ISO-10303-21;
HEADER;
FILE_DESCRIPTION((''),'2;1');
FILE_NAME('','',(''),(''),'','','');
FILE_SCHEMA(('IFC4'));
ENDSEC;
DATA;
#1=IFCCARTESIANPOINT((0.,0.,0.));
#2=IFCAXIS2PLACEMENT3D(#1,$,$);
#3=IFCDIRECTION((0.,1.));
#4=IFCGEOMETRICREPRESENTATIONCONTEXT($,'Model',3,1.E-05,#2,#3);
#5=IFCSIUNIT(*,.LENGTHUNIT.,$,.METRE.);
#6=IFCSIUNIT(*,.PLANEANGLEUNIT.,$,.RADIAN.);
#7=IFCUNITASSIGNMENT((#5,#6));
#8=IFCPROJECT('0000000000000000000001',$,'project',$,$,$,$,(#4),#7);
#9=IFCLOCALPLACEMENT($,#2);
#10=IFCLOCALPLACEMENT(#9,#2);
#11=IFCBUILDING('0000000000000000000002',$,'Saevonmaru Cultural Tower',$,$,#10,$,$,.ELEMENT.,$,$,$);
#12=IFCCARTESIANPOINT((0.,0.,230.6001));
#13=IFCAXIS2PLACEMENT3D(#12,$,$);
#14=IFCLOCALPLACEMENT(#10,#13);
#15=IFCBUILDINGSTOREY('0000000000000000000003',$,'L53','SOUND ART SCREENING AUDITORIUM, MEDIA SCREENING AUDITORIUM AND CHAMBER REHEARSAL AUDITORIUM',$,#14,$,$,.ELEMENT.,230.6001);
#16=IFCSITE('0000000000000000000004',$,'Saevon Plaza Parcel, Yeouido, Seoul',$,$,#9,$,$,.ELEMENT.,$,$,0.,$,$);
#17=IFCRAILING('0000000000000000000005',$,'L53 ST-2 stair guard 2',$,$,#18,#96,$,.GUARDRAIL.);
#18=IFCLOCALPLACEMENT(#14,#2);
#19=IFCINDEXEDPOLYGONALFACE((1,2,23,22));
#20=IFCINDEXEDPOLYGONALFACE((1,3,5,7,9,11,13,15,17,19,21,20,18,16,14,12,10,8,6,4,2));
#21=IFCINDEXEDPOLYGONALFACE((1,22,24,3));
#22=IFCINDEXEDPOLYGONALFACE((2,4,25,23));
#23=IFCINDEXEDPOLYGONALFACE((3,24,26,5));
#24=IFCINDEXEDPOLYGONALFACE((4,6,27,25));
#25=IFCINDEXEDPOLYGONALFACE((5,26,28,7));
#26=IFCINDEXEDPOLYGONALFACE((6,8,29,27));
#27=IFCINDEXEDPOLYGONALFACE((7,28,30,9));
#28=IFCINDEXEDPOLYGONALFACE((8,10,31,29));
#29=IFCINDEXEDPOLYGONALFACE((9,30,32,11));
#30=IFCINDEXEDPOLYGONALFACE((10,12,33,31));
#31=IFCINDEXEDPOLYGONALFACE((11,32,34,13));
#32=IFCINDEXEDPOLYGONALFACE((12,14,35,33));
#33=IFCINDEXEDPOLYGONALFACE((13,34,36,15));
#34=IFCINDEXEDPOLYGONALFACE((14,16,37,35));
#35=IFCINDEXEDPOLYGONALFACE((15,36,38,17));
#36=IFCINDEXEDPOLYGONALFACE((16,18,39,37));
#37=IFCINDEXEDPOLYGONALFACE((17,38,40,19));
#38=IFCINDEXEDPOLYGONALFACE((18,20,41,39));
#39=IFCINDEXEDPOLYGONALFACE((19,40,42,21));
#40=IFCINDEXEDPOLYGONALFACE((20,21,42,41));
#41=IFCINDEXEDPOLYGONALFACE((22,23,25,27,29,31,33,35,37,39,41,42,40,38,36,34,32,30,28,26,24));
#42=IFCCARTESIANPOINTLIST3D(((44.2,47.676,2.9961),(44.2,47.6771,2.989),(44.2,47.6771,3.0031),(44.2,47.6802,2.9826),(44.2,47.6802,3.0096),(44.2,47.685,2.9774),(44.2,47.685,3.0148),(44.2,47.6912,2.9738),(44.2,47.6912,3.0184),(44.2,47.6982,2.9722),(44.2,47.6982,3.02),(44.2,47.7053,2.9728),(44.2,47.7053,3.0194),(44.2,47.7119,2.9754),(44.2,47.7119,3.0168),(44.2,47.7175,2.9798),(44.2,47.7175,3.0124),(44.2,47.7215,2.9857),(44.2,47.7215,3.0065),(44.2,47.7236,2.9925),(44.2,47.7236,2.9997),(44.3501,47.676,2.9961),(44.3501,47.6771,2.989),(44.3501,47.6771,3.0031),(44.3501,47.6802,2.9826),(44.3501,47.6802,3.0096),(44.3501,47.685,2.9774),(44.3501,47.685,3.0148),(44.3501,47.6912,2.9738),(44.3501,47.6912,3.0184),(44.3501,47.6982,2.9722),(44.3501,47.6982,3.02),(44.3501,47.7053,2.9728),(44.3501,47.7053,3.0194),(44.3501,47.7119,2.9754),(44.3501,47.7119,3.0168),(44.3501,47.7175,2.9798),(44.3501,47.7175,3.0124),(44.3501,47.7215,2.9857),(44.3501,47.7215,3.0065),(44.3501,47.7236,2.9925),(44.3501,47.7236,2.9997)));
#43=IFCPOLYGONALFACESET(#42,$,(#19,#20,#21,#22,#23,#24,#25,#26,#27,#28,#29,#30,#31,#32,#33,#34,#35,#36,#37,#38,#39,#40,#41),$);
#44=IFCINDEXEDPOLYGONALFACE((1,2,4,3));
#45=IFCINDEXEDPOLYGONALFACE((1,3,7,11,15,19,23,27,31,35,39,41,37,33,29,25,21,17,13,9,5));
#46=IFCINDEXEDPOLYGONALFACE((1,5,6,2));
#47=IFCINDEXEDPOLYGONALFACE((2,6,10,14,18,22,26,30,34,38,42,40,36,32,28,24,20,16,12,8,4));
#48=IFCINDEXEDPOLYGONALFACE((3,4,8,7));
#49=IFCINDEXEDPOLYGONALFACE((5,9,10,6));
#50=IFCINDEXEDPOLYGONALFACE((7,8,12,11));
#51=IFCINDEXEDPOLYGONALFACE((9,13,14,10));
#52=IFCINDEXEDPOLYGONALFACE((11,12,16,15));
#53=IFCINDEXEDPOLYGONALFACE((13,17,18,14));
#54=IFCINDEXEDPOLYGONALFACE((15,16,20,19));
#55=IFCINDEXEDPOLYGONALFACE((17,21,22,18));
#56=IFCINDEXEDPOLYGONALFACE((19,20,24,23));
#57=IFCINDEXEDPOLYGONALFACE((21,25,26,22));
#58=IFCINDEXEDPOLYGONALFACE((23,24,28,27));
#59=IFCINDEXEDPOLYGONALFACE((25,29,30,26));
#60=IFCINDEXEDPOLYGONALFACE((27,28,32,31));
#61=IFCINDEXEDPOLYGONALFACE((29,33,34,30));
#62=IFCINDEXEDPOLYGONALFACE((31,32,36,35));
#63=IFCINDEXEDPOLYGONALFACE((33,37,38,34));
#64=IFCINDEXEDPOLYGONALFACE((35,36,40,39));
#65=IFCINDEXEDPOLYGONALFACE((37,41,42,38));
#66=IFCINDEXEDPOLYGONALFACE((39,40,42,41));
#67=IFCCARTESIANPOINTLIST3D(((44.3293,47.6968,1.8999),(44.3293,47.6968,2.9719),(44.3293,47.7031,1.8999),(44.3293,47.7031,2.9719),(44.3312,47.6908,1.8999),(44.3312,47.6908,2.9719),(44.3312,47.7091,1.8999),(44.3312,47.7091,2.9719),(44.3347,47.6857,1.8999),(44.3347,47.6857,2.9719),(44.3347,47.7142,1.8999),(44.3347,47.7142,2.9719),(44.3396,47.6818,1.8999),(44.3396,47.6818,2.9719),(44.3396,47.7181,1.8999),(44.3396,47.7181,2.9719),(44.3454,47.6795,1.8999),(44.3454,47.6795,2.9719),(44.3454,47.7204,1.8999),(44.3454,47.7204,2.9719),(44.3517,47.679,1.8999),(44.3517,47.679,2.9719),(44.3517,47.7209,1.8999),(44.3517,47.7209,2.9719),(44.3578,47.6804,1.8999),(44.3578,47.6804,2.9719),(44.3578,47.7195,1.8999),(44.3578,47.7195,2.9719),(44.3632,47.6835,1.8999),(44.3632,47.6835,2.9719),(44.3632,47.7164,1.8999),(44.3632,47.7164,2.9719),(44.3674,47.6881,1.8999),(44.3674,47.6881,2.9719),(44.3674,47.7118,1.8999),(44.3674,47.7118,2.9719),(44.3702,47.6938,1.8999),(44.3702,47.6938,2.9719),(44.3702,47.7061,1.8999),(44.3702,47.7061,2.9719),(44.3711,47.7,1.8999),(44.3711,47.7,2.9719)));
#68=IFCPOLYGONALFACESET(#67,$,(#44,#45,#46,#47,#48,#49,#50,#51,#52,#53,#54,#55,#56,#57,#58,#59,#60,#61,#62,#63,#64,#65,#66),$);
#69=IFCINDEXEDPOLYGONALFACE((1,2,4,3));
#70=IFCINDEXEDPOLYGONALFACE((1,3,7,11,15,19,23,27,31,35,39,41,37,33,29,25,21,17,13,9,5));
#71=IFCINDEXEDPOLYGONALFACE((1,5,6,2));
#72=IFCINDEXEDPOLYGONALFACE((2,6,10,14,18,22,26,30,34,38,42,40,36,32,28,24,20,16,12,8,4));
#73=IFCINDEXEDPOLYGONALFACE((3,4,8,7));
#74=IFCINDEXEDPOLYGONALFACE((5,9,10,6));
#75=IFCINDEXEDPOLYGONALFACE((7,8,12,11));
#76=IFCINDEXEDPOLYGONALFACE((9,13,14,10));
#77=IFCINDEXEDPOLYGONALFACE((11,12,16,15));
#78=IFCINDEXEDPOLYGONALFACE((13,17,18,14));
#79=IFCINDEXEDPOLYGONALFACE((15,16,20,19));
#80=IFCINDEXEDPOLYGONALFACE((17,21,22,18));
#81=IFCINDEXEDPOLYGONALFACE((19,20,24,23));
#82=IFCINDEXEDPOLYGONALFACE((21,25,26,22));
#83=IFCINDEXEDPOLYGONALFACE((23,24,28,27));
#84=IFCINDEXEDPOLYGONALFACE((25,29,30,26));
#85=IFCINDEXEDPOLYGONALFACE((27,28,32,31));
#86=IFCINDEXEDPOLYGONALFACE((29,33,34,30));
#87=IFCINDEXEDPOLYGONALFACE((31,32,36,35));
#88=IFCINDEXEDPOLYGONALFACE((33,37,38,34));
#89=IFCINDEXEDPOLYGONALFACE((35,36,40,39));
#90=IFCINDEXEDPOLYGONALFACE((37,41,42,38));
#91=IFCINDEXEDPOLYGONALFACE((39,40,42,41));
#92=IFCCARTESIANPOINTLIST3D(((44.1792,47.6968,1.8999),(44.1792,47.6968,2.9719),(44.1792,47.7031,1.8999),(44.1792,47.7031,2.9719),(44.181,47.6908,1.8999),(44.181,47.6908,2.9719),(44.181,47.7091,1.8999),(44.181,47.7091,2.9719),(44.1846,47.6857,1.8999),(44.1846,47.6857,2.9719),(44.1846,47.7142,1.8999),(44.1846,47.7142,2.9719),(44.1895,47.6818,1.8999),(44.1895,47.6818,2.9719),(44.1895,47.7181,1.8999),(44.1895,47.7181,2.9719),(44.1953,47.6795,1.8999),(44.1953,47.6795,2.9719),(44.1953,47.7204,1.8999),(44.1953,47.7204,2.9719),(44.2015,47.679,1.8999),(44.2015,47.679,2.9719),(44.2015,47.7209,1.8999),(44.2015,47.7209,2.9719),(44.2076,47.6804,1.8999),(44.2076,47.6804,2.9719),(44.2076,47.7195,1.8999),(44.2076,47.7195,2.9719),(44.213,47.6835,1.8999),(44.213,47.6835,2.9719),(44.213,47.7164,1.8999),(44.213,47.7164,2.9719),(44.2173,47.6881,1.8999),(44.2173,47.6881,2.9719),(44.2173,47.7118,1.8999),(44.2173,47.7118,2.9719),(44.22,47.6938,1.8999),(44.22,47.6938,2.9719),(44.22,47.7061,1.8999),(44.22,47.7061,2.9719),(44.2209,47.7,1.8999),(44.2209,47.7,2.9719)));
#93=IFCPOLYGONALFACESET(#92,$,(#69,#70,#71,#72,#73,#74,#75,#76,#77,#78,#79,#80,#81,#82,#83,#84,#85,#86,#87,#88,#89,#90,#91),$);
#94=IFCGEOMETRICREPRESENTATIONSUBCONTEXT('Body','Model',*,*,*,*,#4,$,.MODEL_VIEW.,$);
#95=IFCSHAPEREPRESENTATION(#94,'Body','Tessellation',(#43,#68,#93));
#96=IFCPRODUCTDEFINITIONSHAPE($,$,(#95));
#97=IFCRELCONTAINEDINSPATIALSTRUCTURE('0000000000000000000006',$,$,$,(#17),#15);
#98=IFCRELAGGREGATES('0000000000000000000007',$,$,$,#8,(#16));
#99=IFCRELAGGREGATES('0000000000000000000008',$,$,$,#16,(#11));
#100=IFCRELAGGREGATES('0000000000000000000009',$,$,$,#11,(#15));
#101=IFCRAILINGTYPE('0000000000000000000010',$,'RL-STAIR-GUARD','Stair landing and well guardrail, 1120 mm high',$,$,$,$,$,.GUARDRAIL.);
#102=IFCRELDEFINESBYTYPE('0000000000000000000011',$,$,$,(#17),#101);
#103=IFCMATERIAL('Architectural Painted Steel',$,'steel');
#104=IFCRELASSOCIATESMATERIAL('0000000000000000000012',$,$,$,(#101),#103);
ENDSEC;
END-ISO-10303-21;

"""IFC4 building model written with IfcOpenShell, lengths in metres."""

from ifc_helpers import new_model, si_unit, direction, frame, origin, origin_2d, place, context, subcontext, project, spatial, circle, extrude, material, type_object, element, save


model = new_model("IFC4")

# Units and contexts
model_context = context("Model", 3, precision=1e-05, world=origin(), true_north=direction((0.0, 1.0)))
body_context = subcontext(model_context, "Body", "Model", "MODEL_VIEW")
ifc_project = project(units=[si_unit("LENGTHUNIT", "METRE"), si_unit("PLANEANGLEUNIT", "RADIAN")], contexts=[model_context])

# Site, building, storey
site_placement = place(None, origin())
site = spatial("IfcSite", under=ifc_project, at=site_placement, Name="Saevon Plaza Parcel, Yeouido, Seoul", CompositionType="ELEMENT", RefElevation=0.0)
building_placement = place(site_placement, origin())
building = spatial("IfcBuilding", under=site, at=building_placement, Name="Saevonmaru Cultural Tower", CompositionType="ELEMENT")
storey_placement = place(building_placement, frame((0.0, 0.0, 230.6001)))
storey = spatial("IfcBuildingStorey", under=building, at=storey_placement, Name="L53", Description="SOUND ART SCREENING AUDITORIUM, MEDIA SCREENING AUDITORIUM AND CHAMBER REHEARSAL AUDITORIUM", CompositionType="ELEMENT", Elevation=230.6001)

# Railing
ifc_material_1 = material(Name="Architectural Painted Steel", Category="steel")
railing_type_1 = type_object("IfcRailingType", Name="RL-STAIR-GUARD", Description="Stair landing and well guardrail, 1120 mm high", PredefinedType="GUARDRAIL", material=ifc_material_1)
railing_1_placement = place(storey_placement, frame((44.3501, 47.7, 1.8999)))
element("IfcRailing", 1, at=railing_1_placement, inside=storey, type_object=railing_type_1, Name="L53 ST-2 stair guard 2", PredefinedType="GUARDRAIL", context=body_context, shape_type="SweptSolid", body=[
    extrude(circle(Radius=0.0239, at=origin_2d()), frame((0.0, 0.0, 1.0962), z_axis=(-1.0, 0.0, 0.0), x_axis=(0.0, -1.0, 0.0)), (0.0, 0.0, 1.0), 0.1501),
    extrude(circle(Radius=0.021, at=origin_2d()), origin(), (0.0, 0.0, 1.0), 1.072),
    extrude(circle(Radius=0.021, at=origin_2d()), frame((-0.1501, 0.0, 0.0)), (0.0, 0.0, 1.0), 1.072),
])

save(model, "model.ifc")
